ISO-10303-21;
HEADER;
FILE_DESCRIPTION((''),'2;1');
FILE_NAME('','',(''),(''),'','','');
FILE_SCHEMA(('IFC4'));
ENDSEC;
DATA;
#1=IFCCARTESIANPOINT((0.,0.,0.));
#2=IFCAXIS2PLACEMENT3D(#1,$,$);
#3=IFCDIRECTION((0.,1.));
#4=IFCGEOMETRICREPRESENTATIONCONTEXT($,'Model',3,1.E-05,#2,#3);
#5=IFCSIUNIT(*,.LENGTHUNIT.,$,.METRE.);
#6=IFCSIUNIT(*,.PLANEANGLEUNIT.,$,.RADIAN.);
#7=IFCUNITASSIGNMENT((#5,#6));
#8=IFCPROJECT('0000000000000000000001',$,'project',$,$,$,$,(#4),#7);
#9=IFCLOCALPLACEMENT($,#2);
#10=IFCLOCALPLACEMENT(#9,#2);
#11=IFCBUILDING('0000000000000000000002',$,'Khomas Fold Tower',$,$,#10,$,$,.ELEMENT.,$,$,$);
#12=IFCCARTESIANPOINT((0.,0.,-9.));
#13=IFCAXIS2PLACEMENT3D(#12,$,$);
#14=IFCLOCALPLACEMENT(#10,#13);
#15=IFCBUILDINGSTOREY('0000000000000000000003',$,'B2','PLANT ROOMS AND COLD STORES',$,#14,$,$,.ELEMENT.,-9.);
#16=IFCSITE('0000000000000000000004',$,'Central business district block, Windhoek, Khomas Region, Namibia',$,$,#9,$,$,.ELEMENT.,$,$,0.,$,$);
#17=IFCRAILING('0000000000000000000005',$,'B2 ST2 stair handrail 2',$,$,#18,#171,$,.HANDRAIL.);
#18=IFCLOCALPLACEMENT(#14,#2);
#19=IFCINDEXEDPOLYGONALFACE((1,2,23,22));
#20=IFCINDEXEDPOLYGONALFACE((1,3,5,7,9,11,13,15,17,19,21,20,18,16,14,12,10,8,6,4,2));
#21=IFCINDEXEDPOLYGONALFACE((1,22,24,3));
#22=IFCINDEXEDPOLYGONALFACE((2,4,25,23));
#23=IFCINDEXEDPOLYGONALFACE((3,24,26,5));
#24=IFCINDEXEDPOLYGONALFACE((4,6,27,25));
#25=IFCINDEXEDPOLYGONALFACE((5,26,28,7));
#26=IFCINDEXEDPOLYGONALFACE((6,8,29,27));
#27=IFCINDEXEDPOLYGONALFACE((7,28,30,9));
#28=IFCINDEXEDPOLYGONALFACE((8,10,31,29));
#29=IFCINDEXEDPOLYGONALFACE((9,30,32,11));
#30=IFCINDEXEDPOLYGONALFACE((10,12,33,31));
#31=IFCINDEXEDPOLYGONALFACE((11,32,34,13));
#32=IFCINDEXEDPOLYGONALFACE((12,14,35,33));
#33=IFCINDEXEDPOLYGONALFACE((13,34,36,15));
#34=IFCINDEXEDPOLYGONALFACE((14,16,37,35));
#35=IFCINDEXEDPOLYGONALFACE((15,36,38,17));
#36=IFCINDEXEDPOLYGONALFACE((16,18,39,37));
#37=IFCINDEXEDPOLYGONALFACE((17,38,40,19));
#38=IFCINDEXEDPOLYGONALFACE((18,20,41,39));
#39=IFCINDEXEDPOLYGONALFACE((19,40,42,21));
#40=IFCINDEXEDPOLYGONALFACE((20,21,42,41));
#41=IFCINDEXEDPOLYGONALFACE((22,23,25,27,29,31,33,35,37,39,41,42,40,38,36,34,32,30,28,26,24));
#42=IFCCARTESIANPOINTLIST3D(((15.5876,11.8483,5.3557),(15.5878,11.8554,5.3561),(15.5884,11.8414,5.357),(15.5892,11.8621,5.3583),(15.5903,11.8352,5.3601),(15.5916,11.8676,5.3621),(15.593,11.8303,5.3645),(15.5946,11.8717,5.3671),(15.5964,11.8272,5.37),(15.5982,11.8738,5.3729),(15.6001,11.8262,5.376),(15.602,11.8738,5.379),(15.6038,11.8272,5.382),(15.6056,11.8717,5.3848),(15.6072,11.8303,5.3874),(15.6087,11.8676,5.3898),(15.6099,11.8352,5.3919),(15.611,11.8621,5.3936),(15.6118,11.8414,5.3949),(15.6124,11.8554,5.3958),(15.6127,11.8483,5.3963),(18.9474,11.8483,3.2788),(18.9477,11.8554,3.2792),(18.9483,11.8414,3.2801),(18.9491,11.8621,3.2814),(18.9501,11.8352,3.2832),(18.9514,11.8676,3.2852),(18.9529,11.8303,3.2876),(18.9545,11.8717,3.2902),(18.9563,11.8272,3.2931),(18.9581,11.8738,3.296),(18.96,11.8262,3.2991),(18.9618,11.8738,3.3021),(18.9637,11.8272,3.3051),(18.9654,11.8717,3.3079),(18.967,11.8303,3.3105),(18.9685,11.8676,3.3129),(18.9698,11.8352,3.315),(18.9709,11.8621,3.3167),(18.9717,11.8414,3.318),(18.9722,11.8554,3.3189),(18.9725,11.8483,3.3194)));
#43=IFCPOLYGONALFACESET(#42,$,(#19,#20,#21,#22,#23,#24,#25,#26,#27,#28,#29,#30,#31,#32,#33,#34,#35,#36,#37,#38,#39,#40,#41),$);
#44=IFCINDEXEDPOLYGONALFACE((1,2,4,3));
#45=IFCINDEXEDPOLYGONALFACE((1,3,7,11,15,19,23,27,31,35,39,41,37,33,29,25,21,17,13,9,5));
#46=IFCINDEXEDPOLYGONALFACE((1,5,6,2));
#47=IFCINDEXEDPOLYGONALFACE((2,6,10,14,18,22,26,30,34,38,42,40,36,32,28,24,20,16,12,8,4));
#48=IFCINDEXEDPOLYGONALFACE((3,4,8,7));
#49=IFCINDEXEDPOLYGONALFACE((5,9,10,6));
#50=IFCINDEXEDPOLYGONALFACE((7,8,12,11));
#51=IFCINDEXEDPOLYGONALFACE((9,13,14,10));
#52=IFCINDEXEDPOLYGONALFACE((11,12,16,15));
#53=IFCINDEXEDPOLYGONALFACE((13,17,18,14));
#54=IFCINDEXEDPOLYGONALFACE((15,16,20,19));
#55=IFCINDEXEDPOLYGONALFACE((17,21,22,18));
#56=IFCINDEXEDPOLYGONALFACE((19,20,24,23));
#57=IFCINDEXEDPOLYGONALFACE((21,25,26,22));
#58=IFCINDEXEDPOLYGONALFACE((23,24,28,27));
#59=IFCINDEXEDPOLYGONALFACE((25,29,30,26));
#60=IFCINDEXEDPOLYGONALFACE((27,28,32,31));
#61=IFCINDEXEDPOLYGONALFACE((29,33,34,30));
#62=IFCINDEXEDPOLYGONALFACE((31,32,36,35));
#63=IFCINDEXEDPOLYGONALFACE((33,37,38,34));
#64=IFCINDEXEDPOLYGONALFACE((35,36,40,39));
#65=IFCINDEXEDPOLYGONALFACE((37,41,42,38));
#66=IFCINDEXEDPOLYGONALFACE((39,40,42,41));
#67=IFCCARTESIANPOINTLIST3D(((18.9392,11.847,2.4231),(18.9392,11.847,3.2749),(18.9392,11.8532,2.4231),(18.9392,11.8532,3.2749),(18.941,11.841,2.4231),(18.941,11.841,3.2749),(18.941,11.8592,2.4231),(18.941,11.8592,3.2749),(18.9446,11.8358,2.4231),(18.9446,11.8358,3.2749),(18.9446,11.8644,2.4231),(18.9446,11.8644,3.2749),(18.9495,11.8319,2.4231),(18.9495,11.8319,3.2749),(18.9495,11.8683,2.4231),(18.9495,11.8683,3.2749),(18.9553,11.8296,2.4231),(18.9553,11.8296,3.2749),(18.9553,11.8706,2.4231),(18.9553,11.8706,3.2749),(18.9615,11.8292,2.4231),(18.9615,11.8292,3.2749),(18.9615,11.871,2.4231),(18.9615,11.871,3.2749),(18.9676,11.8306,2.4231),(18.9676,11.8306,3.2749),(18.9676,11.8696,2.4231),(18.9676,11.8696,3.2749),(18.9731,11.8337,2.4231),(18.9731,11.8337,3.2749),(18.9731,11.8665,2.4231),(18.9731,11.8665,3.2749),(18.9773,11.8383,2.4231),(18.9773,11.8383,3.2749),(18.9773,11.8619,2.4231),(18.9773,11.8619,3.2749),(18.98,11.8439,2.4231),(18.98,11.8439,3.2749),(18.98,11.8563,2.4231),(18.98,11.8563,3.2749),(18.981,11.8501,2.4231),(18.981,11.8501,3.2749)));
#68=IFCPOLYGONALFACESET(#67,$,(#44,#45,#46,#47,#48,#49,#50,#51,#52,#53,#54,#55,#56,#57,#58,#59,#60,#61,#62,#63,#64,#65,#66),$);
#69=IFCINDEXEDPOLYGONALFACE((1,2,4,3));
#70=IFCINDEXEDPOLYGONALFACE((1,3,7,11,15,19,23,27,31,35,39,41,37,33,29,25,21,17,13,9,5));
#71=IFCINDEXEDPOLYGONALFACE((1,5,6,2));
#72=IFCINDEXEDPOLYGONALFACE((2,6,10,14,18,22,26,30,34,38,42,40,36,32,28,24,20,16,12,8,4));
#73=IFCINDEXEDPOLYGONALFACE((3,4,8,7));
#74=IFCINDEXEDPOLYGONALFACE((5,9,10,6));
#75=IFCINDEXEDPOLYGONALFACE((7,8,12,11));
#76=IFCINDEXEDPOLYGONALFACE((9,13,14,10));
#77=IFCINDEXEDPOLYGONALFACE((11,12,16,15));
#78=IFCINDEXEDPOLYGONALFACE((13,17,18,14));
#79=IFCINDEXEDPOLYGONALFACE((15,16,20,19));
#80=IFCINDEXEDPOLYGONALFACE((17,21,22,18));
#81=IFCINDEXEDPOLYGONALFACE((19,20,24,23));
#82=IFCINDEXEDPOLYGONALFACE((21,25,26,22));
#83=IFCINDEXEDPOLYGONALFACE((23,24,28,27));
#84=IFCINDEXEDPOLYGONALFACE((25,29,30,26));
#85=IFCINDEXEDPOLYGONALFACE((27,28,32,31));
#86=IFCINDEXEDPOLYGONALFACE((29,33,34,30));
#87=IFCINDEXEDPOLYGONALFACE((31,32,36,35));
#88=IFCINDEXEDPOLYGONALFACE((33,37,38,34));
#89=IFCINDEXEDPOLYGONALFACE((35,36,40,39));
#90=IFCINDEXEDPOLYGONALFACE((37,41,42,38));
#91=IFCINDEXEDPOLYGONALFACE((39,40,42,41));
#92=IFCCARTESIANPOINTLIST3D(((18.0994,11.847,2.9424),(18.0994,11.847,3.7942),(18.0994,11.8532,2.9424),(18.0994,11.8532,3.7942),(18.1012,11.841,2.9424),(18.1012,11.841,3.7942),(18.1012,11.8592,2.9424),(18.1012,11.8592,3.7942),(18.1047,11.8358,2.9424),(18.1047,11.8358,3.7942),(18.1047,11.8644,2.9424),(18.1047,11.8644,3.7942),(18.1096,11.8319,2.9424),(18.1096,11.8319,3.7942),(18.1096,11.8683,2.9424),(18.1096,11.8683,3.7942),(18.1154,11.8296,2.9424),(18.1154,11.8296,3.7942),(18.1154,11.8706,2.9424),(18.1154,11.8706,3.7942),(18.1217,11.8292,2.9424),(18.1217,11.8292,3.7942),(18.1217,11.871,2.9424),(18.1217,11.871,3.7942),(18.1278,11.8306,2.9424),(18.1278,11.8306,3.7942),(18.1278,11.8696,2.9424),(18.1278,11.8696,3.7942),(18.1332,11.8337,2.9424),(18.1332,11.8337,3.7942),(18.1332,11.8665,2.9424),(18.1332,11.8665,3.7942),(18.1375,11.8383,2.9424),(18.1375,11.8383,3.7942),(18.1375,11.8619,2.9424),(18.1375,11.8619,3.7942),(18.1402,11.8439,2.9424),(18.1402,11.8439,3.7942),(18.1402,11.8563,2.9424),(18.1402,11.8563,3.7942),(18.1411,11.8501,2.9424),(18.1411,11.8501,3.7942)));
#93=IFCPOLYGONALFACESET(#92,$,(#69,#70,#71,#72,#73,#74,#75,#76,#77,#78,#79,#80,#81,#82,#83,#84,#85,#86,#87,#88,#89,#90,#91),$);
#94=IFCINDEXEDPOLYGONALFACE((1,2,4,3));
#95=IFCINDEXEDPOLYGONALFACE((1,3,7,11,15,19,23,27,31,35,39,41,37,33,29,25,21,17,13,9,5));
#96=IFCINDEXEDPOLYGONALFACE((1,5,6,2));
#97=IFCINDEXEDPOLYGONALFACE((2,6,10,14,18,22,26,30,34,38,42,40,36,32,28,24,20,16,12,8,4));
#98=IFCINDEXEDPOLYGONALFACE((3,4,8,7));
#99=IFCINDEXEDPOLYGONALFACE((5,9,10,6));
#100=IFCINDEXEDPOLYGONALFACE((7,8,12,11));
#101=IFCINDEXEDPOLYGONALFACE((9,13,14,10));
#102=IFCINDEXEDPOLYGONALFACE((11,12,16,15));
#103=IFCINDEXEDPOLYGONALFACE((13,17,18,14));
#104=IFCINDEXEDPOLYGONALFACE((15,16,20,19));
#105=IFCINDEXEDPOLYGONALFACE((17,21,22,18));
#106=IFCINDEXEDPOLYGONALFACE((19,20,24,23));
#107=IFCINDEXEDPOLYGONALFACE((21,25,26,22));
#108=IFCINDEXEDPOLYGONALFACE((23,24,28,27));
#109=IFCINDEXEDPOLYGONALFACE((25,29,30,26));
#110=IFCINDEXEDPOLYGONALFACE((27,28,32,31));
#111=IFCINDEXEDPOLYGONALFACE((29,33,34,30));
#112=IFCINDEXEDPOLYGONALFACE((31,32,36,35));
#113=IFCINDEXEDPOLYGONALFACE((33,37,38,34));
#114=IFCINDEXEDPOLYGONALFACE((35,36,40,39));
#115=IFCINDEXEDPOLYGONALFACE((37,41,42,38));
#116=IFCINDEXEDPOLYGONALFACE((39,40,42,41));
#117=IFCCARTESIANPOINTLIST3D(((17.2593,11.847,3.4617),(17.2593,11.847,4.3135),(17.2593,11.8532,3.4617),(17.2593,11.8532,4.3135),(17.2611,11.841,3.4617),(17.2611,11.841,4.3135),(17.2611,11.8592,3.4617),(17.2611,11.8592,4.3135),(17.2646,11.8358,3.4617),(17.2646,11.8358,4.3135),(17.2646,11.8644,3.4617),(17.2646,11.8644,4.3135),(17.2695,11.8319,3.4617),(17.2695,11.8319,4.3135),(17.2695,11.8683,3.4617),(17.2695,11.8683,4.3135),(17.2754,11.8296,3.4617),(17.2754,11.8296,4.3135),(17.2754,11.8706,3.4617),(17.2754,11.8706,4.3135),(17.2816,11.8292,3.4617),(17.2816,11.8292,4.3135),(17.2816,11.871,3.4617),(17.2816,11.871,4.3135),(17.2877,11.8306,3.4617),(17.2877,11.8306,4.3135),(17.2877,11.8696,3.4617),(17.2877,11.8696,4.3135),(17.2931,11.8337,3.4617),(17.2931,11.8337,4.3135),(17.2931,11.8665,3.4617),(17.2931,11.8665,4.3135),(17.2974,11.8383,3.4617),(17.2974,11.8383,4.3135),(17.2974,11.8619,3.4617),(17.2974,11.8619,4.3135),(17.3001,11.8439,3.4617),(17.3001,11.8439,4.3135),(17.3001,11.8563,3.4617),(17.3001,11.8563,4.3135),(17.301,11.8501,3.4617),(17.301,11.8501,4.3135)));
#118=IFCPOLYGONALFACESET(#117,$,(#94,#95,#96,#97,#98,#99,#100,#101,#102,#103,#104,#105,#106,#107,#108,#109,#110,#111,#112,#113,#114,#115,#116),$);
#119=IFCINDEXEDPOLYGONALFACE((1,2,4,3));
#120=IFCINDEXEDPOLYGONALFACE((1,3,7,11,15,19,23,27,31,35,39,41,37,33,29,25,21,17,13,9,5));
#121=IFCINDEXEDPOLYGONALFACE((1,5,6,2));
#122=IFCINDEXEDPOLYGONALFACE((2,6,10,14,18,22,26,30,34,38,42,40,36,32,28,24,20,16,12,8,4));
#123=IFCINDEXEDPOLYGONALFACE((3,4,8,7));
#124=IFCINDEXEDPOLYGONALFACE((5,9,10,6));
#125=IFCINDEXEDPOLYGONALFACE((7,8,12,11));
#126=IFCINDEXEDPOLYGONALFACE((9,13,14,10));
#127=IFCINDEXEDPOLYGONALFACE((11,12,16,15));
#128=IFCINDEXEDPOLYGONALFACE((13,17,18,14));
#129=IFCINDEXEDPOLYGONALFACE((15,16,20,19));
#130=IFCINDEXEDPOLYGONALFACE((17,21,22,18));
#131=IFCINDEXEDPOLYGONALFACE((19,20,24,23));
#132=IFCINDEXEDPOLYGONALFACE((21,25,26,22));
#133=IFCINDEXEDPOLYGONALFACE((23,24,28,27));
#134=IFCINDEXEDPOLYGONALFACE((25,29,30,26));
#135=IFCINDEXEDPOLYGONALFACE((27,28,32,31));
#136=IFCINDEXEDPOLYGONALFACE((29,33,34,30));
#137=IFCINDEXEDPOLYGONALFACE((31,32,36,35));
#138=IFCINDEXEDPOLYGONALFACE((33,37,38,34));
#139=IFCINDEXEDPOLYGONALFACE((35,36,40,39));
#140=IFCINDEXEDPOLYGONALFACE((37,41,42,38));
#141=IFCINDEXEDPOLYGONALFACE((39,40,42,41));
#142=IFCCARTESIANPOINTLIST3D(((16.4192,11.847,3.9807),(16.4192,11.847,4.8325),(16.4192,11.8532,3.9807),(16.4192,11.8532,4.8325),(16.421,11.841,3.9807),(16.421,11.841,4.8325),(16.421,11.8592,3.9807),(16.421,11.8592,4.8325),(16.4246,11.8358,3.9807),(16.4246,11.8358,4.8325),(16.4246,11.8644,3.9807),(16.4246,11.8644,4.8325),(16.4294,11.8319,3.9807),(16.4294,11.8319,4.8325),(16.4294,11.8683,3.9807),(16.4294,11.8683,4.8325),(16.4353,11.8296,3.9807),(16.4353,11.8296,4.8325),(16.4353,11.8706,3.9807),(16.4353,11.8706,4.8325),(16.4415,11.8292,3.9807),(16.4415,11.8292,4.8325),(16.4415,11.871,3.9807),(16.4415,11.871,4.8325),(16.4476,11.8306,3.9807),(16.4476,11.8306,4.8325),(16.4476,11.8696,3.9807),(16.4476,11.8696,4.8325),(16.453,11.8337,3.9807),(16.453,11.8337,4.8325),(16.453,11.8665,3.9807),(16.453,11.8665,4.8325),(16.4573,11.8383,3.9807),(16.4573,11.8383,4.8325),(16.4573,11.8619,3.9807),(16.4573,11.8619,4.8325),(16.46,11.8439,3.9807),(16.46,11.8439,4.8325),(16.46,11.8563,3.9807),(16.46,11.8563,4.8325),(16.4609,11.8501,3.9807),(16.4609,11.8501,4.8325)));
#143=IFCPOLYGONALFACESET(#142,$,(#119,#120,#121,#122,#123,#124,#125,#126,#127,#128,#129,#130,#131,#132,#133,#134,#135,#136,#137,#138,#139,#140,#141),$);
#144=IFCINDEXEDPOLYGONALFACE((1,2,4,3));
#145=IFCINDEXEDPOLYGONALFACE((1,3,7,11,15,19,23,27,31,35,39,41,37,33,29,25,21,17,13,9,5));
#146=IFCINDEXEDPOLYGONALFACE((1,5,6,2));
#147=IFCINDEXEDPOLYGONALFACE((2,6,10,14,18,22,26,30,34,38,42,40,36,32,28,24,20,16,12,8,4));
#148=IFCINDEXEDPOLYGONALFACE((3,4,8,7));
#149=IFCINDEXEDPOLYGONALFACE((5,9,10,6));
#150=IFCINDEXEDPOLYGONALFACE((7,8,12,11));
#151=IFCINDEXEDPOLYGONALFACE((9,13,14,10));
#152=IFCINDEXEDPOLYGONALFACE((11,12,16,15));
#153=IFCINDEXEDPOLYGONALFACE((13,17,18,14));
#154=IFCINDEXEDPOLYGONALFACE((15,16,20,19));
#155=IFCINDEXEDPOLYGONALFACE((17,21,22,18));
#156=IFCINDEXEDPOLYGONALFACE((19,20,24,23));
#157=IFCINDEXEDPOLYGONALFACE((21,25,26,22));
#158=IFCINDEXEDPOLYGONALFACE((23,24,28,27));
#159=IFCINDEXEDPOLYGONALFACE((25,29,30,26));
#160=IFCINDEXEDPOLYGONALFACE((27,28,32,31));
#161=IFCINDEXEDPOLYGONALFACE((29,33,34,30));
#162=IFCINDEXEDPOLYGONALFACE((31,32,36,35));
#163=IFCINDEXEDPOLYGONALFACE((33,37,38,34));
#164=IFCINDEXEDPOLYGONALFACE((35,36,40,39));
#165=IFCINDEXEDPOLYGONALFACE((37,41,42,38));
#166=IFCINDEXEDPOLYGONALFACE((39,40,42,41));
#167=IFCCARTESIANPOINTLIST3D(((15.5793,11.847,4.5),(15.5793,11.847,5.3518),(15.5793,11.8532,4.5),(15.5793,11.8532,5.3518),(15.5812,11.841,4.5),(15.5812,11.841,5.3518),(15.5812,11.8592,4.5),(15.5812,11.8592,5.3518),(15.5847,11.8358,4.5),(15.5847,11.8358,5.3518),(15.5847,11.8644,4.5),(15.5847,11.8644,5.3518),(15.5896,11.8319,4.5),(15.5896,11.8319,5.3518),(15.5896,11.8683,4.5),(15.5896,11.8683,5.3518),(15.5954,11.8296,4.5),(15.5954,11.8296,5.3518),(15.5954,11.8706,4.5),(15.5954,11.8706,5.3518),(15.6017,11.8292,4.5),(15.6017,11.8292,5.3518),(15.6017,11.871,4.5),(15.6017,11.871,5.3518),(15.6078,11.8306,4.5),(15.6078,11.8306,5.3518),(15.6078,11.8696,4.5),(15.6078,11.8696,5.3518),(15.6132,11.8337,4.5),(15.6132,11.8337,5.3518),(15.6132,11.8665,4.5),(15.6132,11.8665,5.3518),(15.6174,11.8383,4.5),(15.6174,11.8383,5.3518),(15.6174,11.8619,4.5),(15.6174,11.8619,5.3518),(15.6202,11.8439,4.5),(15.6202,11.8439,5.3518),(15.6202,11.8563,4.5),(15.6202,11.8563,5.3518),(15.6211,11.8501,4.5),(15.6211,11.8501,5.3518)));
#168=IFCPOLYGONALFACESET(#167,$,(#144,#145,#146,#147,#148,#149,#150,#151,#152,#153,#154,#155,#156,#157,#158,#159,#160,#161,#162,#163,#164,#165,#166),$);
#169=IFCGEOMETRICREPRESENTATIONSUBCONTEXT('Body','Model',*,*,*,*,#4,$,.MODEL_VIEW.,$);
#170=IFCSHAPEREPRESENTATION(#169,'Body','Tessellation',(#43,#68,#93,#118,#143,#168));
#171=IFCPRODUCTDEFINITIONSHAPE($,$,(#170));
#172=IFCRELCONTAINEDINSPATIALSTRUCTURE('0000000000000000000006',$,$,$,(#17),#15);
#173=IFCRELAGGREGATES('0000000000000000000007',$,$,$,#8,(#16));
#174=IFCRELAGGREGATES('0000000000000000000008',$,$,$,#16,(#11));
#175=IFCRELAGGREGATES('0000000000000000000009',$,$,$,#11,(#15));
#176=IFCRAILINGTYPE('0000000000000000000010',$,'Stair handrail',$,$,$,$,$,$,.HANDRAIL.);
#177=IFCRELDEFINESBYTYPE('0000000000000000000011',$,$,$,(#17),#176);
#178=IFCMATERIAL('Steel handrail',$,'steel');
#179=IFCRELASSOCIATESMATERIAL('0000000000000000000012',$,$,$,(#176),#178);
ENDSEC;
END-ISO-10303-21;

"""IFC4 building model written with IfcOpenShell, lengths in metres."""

from ifc_helpers import new_model, si_unit, direction, frame, origin, origin_2d, place, context, subcontext, project, spatial, circle, extrude, source, transform, mapped, material, type_object, element, save


model = new_model("IFC4")

# Units and contexts
model_context = context("Model", 3, precision=1e-05, world=origin(), true_north=direction((0.0, 1.0)))
body_context = subcontext(model_context, "Body", "Model", "MODEL_VIEW")
ifc_project = project(units=[si_unit("LENGTHUNIT", "METRE"), si_unit("PLANEANGLEUNIT", "RADIAN")], contexts=[model_context])

# Site, building, storey
site_placement = place(None, origin())
site = spatial("IfcSite", under=ifc_project, at=site_placement, Name="Central business district block, Windhoek, Khomas Region, Namibia", CompositionType="ELEMENT", RefElevation=0.0)
building_placement = place(site_placement, origin())
building = spatial("IfcBuilding", under=site, at=building_placement, Name="Khomas Fold Tower", CompositionType="ELEMENT")
storey_placement = place(building_placement, frame((0.0, 0.0, -9.0)))
storey = spatial("IfcBuildingStorey", under=building, at=storey_placement, Name="B2", Description="PLANT ROOMS AND COLD STORES", CompositionType="ELEMENT", Elevation=-9.0)

# Railing
ifc_material_1 = material(Name="Steel handrail", Category="steel")
railing_type_1 = type_object("IfcRailingType", Name="Stair handrail", PredefinedType="HANDRAIL", material=ifc_material_1)
shared_shape_1 = source(origin(), body_context, "Body", "SweptSolid", [
    extrude(circle(Radius=0.0239, at=origin_2d()), frame((0.0, 0.0, 0.876), z_axis=(-0.850606, 0.0, 0.525803), x_axis=(0.0, -1.0, 0.0)), (0.0, 0.0, 1.0), 3.95),
    extrude(circle(Radius=0.021, at=origin_2d()), origin(), (0.0, 0.0, 1.0), 0.8518),
    extrude(circle(Radius=0.021, at=origin_2d()), frame((-0.8398, 0.0, 0.5193)), (0.0, 0.0, 1.0), 0.8518),
    extrude(circle(Radius=0.021, at=origin_2d()), frame((-1.6799, 0.0, 1.0386)), (0.0, 0.0, 1.0), 0.8518),
    extrude(circle(Radius=0.021, at=origin_2d()), frame((-2.52, 0.0, 1.5576)), (0.0, 0.0, 1.0), 0.8518),
    extrude(circle(Radius=0.021, at=origin_2d()), frame((-3.3599, 0.0, 2.0769)), (0.0, 0.0, 1.0), 0.8518),
])
railing_1_placement = place(storey_placement, frame((18.96, 11.8501, 2.4231)))
element("IfcRailing", 1, at=railing_1_placement, inside=storey, type_object=railing_type_1, Name="B2 ST2 stair handrail 2", PredefinedType="HANDRAIL", context=body_context, shape_type="MappedRepresentation", body=[
    mapped(shared_shape_1, transform((0.0, 0.0, 0.0))),
])

save(model, "model.ifc")
